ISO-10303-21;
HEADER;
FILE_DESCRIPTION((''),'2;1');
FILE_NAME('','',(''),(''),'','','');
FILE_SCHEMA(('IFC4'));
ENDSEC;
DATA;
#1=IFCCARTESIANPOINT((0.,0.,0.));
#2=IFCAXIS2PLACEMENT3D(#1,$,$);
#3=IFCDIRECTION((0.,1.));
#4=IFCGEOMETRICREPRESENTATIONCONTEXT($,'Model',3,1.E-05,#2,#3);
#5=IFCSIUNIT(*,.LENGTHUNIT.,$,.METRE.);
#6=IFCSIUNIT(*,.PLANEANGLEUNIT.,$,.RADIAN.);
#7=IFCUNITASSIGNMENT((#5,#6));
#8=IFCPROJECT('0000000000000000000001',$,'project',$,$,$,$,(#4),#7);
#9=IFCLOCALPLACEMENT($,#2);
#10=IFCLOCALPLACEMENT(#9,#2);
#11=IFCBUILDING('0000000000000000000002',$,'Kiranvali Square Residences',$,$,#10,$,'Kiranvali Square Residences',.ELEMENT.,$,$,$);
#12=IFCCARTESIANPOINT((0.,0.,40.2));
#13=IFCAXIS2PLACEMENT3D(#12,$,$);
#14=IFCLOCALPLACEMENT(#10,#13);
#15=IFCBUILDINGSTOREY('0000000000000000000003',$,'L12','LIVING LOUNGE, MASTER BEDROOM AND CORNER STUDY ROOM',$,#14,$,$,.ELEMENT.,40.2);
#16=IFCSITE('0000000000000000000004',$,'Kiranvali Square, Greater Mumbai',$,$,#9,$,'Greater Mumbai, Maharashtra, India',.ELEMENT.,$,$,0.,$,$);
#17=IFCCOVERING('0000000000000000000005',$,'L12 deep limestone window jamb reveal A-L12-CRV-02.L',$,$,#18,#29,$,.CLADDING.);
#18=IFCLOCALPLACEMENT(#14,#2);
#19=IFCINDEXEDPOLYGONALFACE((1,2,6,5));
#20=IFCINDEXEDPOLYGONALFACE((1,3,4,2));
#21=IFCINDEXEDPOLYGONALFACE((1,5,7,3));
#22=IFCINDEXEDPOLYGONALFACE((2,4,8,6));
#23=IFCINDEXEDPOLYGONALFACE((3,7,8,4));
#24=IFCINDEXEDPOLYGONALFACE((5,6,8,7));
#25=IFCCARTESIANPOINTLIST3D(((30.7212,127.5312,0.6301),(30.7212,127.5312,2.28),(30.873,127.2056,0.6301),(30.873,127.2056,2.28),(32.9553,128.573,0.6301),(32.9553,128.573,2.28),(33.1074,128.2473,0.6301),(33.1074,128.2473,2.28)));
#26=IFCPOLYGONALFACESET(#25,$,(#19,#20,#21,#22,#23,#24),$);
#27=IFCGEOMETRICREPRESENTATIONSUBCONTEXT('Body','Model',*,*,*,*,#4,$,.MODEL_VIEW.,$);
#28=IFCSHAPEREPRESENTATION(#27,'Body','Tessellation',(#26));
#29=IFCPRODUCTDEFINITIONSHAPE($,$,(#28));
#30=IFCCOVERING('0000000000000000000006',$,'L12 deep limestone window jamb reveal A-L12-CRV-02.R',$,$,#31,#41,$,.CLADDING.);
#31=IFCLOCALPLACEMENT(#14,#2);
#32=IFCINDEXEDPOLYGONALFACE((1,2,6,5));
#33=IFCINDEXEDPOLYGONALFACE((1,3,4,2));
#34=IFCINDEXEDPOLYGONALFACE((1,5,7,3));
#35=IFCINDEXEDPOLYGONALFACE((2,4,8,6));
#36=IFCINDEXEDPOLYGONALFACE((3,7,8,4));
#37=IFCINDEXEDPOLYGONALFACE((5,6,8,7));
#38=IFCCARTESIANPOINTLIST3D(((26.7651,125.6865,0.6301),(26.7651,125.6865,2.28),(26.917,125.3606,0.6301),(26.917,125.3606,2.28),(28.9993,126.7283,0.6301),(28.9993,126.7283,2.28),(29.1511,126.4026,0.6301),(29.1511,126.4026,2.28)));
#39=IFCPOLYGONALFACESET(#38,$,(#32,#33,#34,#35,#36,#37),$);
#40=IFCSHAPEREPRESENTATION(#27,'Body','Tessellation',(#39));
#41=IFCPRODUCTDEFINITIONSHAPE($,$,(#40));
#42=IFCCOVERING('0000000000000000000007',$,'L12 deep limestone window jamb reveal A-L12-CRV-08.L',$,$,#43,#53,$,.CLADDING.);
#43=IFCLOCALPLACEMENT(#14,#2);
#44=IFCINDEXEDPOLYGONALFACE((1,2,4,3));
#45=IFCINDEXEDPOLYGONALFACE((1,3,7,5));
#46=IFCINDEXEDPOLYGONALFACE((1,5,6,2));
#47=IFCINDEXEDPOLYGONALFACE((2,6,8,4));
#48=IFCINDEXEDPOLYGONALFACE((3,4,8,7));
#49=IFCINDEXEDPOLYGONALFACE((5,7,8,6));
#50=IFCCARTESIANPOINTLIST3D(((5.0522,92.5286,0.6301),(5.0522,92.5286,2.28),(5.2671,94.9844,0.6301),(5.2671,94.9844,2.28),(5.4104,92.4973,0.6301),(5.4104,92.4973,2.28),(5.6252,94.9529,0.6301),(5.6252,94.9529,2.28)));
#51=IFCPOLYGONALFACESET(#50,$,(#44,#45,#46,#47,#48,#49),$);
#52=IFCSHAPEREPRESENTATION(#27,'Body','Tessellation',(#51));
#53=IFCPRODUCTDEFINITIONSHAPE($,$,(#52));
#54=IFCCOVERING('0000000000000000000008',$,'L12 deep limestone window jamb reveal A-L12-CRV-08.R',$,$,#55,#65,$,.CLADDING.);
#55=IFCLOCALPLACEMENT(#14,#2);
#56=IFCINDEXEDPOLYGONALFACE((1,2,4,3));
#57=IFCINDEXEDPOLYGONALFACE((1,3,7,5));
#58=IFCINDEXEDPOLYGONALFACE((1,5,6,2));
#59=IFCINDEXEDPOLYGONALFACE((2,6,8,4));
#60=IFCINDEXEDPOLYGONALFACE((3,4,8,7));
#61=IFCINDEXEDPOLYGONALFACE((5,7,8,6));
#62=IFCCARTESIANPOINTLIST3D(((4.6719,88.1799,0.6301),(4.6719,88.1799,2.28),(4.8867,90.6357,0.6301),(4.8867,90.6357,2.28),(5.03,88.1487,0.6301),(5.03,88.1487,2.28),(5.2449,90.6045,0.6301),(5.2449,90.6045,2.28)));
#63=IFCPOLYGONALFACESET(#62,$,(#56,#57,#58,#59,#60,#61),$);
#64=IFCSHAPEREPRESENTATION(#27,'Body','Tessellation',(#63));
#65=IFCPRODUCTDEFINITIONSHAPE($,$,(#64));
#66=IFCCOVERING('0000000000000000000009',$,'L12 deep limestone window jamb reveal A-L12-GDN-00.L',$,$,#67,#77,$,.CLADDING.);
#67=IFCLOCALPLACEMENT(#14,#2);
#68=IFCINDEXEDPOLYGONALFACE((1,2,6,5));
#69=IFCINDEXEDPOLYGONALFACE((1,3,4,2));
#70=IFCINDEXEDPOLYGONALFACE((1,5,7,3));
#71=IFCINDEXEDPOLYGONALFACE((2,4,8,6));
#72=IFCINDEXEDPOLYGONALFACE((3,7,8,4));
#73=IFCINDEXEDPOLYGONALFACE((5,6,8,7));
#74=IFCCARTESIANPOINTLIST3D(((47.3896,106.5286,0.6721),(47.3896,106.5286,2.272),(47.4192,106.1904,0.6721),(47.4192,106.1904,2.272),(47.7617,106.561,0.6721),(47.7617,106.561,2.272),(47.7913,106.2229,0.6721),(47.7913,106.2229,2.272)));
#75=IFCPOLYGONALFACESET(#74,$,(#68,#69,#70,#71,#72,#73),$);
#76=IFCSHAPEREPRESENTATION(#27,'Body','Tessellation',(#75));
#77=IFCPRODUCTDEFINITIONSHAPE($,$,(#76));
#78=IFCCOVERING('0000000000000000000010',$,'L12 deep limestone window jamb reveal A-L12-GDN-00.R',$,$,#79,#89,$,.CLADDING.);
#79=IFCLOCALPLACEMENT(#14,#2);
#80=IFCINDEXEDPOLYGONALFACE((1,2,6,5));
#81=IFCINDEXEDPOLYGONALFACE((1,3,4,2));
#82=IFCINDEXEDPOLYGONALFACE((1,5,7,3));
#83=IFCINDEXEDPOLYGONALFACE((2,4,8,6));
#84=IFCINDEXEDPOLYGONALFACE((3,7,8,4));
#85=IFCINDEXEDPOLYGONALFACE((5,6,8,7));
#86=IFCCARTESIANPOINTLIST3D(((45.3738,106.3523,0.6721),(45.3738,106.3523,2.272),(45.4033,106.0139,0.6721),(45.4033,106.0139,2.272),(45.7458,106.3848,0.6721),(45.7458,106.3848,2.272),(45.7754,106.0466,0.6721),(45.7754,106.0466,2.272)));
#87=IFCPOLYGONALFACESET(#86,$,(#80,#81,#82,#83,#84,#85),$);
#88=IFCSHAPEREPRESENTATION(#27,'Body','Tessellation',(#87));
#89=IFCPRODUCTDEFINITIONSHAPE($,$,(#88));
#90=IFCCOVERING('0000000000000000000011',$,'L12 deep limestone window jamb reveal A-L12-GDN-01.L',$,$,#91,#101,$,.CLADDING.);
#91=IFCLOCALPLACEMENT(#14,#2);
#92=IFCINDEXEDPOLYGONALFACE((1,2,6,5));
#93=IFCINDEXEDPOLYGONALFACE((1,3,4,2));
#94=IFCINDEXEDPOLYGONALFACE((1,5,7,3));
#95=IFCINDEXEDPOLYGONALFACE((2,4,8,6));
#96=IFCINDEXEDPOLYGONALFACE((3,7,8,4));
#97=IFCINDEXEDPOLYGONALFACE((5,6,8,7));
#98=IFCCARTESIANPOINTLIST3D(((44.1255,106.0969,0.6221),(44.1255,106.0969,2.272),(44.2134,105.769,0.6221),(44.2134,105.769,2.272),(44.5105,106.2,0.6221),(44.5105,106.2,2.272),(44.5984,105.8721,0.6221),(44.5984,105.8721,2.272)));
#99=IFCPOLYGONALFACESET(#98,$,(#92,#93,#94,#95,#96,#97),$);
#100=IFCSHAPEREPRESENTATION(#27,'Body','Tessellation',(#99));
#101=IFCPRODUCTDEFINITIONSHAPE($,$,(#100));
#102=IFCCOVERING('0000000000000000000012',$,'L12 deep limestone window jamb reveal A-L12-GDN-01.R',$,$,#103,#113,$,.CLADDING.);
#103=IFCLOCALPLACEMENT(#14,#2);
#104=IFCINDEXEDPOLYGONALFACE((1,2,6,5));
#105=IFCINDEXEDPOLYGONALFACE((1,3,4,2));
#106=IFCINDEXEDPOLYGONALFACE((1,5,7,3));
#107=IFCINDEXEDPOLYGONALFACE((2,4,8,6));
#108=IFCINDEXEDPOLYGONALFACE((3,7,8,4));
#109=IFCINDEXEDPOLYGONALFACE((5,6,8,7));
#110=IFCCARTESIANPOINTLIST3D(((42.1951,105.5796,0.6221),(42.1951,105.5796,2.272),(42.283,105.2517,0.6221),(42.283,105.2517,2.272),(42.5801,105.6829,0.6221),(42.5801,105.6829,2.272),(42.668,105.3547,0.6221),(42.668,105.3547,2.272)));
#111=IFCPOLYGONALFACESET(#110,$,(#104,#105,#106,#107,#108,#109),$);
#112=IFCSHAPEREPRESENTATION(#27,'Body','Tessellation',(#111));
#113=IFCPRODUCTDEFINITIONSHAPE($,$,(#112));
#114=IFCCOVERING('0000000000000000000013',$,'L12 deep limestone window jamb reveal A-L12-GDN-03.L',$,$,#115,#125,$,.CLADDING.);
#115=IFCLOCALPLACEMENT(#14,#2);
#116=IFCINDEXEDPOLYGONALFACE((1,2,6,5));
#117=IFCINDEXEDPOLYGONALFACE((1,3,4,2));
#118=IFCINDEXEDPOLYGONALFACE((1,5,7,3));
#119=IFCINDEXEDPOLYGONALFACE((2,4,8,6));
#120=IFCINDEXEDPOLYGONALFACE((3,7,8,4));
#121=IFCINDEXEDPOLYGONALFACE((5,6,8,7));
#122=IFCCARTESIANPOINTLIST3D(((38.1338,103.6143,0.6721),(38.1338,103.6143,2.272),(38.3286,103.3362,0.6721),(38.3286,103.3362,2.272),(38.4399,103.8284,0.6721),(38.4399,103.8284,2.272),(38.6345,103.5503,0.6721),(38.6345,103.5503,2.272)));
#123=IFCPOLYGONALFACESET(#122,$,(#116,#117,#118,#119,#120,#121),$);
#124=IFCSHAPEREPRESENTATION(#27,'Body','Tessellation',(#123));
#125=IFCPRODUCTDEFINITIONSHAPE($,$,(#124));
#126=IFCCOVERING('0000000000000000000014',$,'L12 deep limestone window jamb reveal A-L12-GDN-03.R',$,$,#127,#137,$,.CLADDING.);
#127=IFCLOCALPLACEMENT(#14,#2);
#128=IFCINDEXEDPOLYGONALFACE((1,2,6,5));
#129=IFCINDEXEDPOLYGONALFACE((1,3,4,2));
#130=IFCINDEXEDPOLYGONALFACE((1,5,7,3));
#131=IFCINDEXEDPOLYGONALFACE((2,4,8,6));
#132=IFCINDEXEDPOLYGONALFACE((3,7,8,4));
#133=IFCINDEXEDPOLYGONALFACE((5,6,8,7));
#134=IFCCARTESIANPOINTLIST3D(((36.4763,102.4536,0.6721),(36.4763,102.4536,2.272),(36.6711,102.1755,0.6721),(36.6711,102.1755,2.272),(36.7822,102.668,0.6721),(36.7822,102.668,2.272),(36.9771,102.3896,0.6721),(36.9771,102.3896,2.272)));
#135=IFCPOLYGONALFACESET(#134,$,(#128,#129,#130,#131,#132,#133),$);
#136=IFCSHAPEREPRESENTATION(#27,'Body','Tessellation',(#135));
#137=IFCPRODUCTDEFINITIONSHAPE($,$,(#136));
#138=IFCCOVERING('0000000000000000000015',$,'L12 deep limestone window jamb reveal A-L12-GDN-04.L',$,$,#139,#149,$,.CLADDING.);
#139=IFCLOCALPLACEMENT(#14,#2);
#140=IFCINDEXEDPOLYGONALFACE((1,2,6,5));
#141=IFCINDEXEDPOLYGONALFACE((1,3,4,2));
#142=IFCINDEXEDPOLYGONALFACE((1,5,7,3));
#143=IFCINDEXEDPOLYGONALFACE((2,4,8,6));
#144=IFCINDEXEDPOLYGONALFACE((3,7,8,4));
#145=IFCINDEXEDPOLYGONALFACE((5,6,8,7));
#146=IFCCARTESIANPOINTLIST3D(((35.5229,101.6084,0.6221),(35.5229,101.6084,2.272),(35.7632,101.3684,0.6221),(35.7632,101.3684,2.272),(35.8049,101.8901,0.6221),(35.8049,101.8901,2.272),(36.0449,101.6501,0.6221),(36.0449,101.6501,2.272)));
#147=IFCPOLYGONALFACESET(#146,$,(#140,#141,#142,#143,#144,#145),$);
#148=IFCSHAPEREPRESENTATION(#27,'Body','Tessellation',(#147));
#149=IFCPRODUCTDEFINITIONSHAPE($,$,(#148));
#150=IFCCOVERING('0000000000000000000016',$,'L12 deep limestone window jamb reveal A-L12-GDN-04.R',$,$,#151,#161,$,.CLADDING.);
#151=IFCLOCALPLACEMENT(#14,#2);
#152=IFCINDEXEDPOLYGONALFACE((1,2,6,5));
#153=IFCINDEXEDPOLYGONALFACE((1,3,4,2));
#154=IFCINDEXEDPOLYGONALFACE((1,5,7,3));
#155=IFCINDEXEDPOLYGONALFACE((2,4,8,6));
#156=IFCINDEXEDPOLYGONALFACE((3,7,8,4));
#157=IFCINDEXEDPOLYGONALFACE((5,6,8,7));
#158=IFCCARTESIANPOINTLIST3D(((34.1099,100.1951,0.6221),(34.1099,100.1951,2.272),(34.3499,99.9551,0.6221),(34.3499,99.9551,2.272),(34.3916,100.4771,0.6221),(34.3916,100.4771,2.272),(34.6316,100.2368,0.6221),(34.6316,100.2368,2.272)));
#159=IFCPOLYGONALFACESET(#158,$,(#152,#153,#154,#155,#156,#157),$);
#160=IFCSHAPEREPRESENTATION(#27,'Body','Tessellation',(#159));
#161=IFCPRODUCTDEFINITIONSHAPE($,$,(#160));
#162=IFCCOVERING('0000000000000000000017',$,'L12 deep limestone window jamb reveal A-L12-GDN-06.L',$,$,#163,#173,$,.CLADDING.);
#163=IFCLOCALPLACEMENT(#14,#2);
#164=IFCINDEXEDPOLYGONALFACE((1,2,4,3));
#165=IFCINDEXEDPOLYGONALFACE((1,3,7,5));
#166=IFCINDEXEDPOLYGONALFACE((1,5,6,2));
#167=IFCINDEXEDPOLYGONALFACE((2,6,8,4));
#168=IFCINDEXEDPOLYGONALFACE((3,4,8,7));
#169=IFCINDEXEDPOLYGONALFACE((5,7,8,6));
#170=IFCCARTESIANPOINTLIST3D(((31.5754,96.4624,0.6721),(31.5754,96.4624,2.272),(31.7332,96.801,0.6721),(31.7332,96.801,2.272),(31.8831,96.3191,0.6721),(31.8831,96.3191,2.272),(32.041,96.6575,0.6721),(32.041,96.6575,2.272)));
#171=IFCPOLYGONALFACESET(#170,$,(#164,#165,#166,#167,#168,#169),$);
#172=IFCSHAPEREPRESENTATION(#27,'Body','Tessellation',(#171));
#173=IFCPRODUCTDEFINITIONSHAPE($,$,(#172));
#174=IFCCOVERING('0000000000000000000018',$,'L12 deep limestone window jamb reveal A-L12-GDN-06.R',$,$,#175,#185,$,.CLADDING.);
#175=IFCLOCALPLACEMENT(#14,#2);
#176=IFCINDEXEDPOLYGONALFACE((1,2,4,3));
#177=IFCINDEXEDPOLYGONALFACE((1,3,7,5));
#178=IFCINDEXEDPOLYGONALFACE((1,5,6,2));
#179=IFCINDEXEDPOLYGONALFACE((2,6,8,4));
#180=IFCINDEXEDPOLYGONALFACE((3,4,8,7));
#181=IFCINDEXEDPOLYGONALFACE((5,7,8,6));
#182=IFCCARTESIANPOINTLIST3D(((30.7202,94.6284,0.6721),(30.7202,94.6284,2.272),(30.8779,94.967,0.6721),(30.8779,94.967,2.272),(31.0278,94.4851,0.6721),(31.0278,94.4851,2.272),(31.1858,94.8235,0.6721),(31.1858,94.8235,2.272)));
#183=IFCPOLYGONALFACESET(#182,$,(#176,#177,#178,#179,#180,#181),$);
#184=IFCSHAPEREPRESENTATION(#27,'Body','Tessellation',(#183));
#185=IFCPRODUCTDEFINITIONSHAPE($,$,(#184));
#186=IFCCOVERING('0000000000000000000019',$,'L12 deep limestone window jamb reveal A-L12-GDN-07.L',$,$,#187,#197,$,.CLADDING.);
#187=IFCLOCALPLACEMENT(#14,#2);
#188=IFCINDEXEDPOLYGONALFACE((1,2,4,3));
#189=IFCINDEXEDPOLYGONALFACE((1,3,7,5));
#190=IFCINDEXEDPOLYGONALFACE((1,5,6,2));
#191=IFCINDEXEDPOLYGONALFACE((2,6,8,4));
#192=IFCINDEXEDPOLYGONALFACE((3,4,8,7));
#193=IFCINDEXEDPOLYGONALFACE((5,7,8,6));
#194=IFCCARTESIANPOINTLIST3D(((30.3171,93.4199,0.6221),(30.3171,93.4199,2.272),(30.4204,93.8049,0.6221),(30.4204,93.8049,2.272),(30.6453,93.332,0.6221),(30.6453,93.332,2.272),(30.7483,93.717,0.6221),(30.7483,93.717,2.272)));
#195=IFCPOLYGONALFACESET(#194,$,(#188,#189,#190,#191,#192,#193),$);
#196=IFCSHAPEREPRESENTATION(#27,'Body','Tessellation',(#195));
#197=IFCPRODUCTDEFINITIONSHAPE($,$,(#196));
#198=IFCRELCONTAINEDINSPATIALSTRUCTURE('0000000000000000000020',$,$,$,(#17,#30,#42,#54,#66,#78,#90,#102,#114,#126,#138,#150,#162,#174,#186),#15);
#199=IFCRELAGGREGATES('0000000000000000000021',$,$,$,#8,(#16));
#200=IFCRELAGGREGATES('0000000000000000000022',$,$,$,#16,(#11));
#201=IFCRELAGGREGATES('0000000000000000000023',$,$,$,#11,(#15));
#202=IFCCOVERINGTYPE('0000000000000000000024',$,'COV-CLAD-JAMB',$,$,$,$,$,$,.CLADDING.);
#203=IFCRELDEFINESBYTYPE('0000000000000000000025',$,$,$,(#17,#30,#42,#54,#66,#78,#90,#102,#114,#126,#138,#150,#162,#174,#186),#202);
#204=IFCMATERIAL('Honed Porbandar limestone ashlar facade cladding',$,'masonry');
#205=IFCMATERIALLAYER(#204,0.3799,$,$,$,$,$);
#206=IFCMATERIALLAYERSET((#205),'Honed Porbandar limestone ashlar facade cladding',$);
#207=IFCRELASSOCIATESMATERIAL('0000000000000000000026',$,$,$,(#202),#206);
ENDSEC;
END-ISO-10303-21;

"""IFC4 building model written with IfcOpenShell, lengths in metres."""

from ifc_helpers import new_model, si_unit, direction, frame, origin, place, context, subcontext, project, spatial, polyline, outline, extrude, material, layer, layer_set, type_object, element, save


model = new_model("IFC4")

# Units and contexts
model_context = context("Model", 3, precision=1e-05, world=origin(), true_north=direction((0.0, 1.0)))
body_context = subcontext(model_context, "Body", "Model", "MODEL_VIEW")
ifc_project = project(units=[si_unit("LENGTHUNIT", "METRE"), si_unit("PLANEANGLEUNIT", "RADIAN")], contexts=[model_context])

# Site, building, storey
site_placement = place(None, origin())
site = spatial("IfcSite", under=ifc_project, at=site_placement, Name="Kiranvali Square, Greater Mumbai", LongName="Greater Mumbai, Maharashtra, India", CompositionType="ELEMENT", RefElevation=0.0)
building_placement = place(site_placement, origin())
building = spatial("IfcBuilding", under=site, at=building_placement, Name="Kiranvali Square Residences", LongName="Kiranvali Square Residences", CompositionType="ELEMENT")
storey_placement = place(building_placement, frame((0.0, 0.0, 40.2)))
storey = spatial("IfcBuildingStorey", under=building, at=storey_placement, Name="L12", Description="LIVING LOUNGE, MASTER BEDROOM AND CORNER STUDY ROOM", CompositionType="ELEMENT", Elevation=40.2)

# Coverings
ifc_material = material(Name="Honed Porbandar limestone ashlar facade cladding", Category="masonry")
ifc_layer_1 = layer(ifc_material, 0.3799)
ifc_layer_set_1 = layer_set([ifc_layer_1], Name="Honed Porbandar limestone ashlar facade cladding")
covering_type_1 = type_object("IfcCoveringType", Name="COV-CLAD-JAMB", PredefinedType="CLADDING", material=ifc_layer_set_1)
covering_1_placement = place(storey_placement, frame((0.0, 0.0, 0.6301)))
element("IfcCovering", 1, at=covering_1_placement, inside=storey, type_object=covering_type_1, Name="L12 deep limestone window jamb reveal A-L12-CRV-02.L", PredefinedType="CLADDING", context=body_context, shape_type="SweptSolid", body=[
    extrude(outline(polyline([(32.9553, 128.573), (30.7212, 127.5312), (30.873, 127.2056), (33.1074, 128.2473), (32.9553, 128.573)])), origin(), (0.0, 0.0, 1.0), 1.6499),
])
covering_2_placement = place(storey_placement, frame((0.0, 0.0, 0.6301)))
element("IfcCovering", 2, at=covering_2_placement, inside=storey, type_object=covering_type_1, Name="L12 deep limestone window jamb reveal A-L12-CRV-02.R", PredefinedType="CLADDING", context=body_context, shape_type="SweptSolid", body=[
    extrude(outline(polyline([(28.9993, 126.7283), (26.7651, 125.6865), (26.917, 125.3606), (29.1511, 126.4026), (28.9993, 126.7283)])), origin(), (0.0, 0.0, 1.0), 1.6499),
])
covering_3_placement = place(storey_placement, frame((0.0, 0.0, 0.6301)))
element("IfcCovering", 3, at=covering_3_placement, inside=storey, type_object=covering_type_1, Name="L12 deep limestone window jamb reveal A-L12-CRV-08.L", PredefinedType="CLADDING", context=body_context, shape_type="SweptSolid", body=[
    extrude(outline(polyline([(5.2671, 94.9844), (5.0522, 92.5286), (5.4104, 92.4973), (5.6252, 94.9529), (5.2671, 94.9844)])), origin(), (0.0, 0.0, 1.0), 1.6499),
])
covering_4_placement = place(storey_placement, frame((0.0, 0.0, 0.6301)))
element("IfcCovering", 4, at=covering_4_placement, inside=storey, type_object=covering_type_1, Name="L12 deep limestone window jamb reveal A-L12-CRV-08.R", PredefinedType="CLADDING", context=body_context, shape_type="SweptSolid", body=[
    extrude(outline(polyline([(4.8867, 90.6357), (4.6719, 88.1799), (5.03, 88.1487), (5.2449, 90.6045), (4.8867, 90.6357)])), origin(), (0.0, 0.0, 1.0), 1.6499),
])
covering_5_placement = place(storey_placement, frame((0.0, 0.0, 0.6721)))
element("IfcCovering", 5, at=covering_5_placement, inside=storey, type_object=covering_type_1, Name="L12 deep limestone window jamb reveal A-L12-GDN-00.L", PredefinedType="CLADDING", context=body_context, shape_type="SweptSolid", body=[
    extrude(outline(polyline([(47.7617, 106.561), (47.3896, 106.5286), (47.4192, 106.1904), (47.7913, 106.2229), (47.7617, 106.561)])), origin(), (0.0, 0.0, 1.0), 1.5999),
])
covering_6_placement = place(storey_placement, frame((0.0, 0.0, 0.6721)))
element("IfcCovering", 6, at=covering_6_placement, inside=storey, type_object=covering_type_1, Name="L12 deep limestone window jamb reveal A-L12-GDN-00.R", PredefinedType="CLADDING", context=body_context, shape_type="SweptSolid", body=[
    extrude(outline(polyline([(45.7458, 106.3848), (45.3738, 106.3523), (45.4033, 106.0139), (45.7754, 106.0466), (45.7458, 106.3848)])), origin(), (0.0, 0.0, 1.0), 1.5999),
])
covering_7_placement = place(storey_placement, frame((0.0, 0.0, 0.6221)))
element("IfcCovering", 7, at=covering_7_placement, inside=storey, type_object=covering_type_1, Name="L12 deep limestone window jamb reveal A-L12-GDN-01.L", PredefinedType="CLADDING", context=body_context, shape_type="SweptSolid", body=[
    extrude(outline(polyline([(44.5105, 106.2), (44.1255, 106.0969), (44.2134, 105.769), (44.5984, 105.8721), (44.5105, 106.2)])), origin(), (0.0, 0.0, 1.0), 1.6499),
])
covering_8_placement = place(storey_placement, frame((0.0, 0.0, 0.6221)))
element("IfcCovering", 8, at=covering_8_placement, inside=storey, type_object=covering_type_1, Name="L12 deep limestone window jamb reveal A-L12-GDN-01.R", PredefinedType="CLADDING", context=body_context, shape_type="SweptSolid", body=[
    extrude(outline(polyline([(42.5801, 105.6829), (42.1951, 105.5796), (42.283, 105.2517), (42.668, 105.3547), (42.5801, 105.6829)])), origin(), (0.0, 0.0, 1.0), 1.6499),
])
covering_9_placement = place(storey_placement, frame((0.0, 0.0, 0.6721)))
element("IfcCovering", 9, at=covering_9_placement, inside=storey, type_object=covering_type_1, Name="L12 deep limestone window jamb reveal A-L12-GDN-03.L", PredefinedType="CLADDING", context=body_context, shape_type="SweptSolid", body=[
    extrude(outline(polyline([(38.4399, 103.8284), (38.1338, 103.6143), (38.3286, 103.3362), (38.6345, 103.5503), (38.4399, 103.8284)])), origin(), (0.0, 0.0, 1.0), 1.5999),
])
covering_10_placement = place(storey_placement, frame((0.0, 0.0, 0.6721)))
element("IfcCovering", 10, at=covering_10_placement, inside=storey, type_object=covering_type_1, Name="L12 deep limestone window jamb reveal A-L12-GDN-03.R", PredefinedType="CLADDING", context=body_context, shape_type="SweptSolid", body=[
    extrude(outline(polyline([(36.7822, 102.668), (36.4763, 102.4536), (36.6711, 102.1755), (36.9771, 102.3896), (36.7822, 102.668)])), origin(), (0.0, 0.0, 1.0), 1.5999),
])
covering_11_placement = place(storey_placement, frame((0.0, 0.0, 0.6221)))
element("IfcCovering", 11, at=covering_11_placement, inside=storey, type_object=covering_type_1, Name="L12 deep limestone window jamb reveal A-L12-GDN-04.L", PredefinedType="CLADDING", context=body_context, shape_type="SweptSolid", body=[
    extrude(outline(polyline([(35.8049, 101.8901), (35.5229, 101.6084), (35.7632, 101.3684), (36.0449, 101.6501), (35.8049, 101.8901)])), origin(), (0.0, 0.0, 1.0), 1.6499),
])
covering_12_placement = place(storey_placement, frame((0.0, 0.0, 0.6221)))
element("IfcCovering", 12, at=covering_12_placement, inside=storey, type_object=covering_type_1, Name="L12 deep limestone window jamb reveal A-L12-GDN-04.R", PredefinedType="CLADDING", context=body_context, shape_type="SweptSolid", body=[
    extrude(outline(polyline([(34.3916, 100.4771), (34.1099, 100.1951), (34.3499, 99.9551), (34.6316, 100.2368), (34.3916, 100.4771)])), origin(), (0.0, 0.0, 1.0), 1.6499),
])
covering_13_placement = place(storey_placement, frame((0.0, 0.0, 0.6721)))
element("IfcCovering", 13, at=covering_13_placement, inside=storey, type_object=covering_type_1, Name="L12 deep limestone window jamb reveal A-L12-GDN-06.L", PredefinedType="CLADDING", context=body_context, shape_type="SweptSolid", body=[
    extrude(outline(polyline([(31.7332, 96.801), (31.5754, 96.4624), (31.8831, 96.3191), (32.041, 96.6575), (31.7332, 96.801)])), origin(), (0.0, 0.0, 1.0), 1.5999),
])
covering_14_placement = place(storey_placement, frame((0.0, 0.0, 0.6721)))
element("IfcCovering", 14, at=covering_14_placement, inside=storey, type_object=covering_type_1, Name="L12 deep limestone window jamb reveal A-L12-GDN-06.R", PredefinedType="CLADDING", context=body_context, shape_type="SweptSolid", body=[
    extrude(outline(polyline([(30.8779, 94.967), (30.7202, 94.6284), (31.0278, 94.4851), (31.1858, 94.8235), (30.8779, 94.967)])), origin(), (0.0, 0.0, 1.0), 1.5999),
])
covering_15_placement = place(storey_placement, frame((0.0, 0.0, 0.6221)))
element("IfcCovering", 15, at=covering_15_placement, inside=storey, type_object=covering_type_1, Name="L12 deep limestone window jamb reveal A-L12-GDN-07.L", PredefinedType="CLADDING", context=body_context, shape_type="SweptSolid", body=[
    extrude(outline(polyline([(30.4204, 93.8049), (30.3171, 93.4199), (30.6453, 93.332), (30.7483, 93.717), (30.4204, 93.8049)])), origin(), (0.0, 0.0, 1.0), 1.6499),
])

save(model, "model.ifc")
